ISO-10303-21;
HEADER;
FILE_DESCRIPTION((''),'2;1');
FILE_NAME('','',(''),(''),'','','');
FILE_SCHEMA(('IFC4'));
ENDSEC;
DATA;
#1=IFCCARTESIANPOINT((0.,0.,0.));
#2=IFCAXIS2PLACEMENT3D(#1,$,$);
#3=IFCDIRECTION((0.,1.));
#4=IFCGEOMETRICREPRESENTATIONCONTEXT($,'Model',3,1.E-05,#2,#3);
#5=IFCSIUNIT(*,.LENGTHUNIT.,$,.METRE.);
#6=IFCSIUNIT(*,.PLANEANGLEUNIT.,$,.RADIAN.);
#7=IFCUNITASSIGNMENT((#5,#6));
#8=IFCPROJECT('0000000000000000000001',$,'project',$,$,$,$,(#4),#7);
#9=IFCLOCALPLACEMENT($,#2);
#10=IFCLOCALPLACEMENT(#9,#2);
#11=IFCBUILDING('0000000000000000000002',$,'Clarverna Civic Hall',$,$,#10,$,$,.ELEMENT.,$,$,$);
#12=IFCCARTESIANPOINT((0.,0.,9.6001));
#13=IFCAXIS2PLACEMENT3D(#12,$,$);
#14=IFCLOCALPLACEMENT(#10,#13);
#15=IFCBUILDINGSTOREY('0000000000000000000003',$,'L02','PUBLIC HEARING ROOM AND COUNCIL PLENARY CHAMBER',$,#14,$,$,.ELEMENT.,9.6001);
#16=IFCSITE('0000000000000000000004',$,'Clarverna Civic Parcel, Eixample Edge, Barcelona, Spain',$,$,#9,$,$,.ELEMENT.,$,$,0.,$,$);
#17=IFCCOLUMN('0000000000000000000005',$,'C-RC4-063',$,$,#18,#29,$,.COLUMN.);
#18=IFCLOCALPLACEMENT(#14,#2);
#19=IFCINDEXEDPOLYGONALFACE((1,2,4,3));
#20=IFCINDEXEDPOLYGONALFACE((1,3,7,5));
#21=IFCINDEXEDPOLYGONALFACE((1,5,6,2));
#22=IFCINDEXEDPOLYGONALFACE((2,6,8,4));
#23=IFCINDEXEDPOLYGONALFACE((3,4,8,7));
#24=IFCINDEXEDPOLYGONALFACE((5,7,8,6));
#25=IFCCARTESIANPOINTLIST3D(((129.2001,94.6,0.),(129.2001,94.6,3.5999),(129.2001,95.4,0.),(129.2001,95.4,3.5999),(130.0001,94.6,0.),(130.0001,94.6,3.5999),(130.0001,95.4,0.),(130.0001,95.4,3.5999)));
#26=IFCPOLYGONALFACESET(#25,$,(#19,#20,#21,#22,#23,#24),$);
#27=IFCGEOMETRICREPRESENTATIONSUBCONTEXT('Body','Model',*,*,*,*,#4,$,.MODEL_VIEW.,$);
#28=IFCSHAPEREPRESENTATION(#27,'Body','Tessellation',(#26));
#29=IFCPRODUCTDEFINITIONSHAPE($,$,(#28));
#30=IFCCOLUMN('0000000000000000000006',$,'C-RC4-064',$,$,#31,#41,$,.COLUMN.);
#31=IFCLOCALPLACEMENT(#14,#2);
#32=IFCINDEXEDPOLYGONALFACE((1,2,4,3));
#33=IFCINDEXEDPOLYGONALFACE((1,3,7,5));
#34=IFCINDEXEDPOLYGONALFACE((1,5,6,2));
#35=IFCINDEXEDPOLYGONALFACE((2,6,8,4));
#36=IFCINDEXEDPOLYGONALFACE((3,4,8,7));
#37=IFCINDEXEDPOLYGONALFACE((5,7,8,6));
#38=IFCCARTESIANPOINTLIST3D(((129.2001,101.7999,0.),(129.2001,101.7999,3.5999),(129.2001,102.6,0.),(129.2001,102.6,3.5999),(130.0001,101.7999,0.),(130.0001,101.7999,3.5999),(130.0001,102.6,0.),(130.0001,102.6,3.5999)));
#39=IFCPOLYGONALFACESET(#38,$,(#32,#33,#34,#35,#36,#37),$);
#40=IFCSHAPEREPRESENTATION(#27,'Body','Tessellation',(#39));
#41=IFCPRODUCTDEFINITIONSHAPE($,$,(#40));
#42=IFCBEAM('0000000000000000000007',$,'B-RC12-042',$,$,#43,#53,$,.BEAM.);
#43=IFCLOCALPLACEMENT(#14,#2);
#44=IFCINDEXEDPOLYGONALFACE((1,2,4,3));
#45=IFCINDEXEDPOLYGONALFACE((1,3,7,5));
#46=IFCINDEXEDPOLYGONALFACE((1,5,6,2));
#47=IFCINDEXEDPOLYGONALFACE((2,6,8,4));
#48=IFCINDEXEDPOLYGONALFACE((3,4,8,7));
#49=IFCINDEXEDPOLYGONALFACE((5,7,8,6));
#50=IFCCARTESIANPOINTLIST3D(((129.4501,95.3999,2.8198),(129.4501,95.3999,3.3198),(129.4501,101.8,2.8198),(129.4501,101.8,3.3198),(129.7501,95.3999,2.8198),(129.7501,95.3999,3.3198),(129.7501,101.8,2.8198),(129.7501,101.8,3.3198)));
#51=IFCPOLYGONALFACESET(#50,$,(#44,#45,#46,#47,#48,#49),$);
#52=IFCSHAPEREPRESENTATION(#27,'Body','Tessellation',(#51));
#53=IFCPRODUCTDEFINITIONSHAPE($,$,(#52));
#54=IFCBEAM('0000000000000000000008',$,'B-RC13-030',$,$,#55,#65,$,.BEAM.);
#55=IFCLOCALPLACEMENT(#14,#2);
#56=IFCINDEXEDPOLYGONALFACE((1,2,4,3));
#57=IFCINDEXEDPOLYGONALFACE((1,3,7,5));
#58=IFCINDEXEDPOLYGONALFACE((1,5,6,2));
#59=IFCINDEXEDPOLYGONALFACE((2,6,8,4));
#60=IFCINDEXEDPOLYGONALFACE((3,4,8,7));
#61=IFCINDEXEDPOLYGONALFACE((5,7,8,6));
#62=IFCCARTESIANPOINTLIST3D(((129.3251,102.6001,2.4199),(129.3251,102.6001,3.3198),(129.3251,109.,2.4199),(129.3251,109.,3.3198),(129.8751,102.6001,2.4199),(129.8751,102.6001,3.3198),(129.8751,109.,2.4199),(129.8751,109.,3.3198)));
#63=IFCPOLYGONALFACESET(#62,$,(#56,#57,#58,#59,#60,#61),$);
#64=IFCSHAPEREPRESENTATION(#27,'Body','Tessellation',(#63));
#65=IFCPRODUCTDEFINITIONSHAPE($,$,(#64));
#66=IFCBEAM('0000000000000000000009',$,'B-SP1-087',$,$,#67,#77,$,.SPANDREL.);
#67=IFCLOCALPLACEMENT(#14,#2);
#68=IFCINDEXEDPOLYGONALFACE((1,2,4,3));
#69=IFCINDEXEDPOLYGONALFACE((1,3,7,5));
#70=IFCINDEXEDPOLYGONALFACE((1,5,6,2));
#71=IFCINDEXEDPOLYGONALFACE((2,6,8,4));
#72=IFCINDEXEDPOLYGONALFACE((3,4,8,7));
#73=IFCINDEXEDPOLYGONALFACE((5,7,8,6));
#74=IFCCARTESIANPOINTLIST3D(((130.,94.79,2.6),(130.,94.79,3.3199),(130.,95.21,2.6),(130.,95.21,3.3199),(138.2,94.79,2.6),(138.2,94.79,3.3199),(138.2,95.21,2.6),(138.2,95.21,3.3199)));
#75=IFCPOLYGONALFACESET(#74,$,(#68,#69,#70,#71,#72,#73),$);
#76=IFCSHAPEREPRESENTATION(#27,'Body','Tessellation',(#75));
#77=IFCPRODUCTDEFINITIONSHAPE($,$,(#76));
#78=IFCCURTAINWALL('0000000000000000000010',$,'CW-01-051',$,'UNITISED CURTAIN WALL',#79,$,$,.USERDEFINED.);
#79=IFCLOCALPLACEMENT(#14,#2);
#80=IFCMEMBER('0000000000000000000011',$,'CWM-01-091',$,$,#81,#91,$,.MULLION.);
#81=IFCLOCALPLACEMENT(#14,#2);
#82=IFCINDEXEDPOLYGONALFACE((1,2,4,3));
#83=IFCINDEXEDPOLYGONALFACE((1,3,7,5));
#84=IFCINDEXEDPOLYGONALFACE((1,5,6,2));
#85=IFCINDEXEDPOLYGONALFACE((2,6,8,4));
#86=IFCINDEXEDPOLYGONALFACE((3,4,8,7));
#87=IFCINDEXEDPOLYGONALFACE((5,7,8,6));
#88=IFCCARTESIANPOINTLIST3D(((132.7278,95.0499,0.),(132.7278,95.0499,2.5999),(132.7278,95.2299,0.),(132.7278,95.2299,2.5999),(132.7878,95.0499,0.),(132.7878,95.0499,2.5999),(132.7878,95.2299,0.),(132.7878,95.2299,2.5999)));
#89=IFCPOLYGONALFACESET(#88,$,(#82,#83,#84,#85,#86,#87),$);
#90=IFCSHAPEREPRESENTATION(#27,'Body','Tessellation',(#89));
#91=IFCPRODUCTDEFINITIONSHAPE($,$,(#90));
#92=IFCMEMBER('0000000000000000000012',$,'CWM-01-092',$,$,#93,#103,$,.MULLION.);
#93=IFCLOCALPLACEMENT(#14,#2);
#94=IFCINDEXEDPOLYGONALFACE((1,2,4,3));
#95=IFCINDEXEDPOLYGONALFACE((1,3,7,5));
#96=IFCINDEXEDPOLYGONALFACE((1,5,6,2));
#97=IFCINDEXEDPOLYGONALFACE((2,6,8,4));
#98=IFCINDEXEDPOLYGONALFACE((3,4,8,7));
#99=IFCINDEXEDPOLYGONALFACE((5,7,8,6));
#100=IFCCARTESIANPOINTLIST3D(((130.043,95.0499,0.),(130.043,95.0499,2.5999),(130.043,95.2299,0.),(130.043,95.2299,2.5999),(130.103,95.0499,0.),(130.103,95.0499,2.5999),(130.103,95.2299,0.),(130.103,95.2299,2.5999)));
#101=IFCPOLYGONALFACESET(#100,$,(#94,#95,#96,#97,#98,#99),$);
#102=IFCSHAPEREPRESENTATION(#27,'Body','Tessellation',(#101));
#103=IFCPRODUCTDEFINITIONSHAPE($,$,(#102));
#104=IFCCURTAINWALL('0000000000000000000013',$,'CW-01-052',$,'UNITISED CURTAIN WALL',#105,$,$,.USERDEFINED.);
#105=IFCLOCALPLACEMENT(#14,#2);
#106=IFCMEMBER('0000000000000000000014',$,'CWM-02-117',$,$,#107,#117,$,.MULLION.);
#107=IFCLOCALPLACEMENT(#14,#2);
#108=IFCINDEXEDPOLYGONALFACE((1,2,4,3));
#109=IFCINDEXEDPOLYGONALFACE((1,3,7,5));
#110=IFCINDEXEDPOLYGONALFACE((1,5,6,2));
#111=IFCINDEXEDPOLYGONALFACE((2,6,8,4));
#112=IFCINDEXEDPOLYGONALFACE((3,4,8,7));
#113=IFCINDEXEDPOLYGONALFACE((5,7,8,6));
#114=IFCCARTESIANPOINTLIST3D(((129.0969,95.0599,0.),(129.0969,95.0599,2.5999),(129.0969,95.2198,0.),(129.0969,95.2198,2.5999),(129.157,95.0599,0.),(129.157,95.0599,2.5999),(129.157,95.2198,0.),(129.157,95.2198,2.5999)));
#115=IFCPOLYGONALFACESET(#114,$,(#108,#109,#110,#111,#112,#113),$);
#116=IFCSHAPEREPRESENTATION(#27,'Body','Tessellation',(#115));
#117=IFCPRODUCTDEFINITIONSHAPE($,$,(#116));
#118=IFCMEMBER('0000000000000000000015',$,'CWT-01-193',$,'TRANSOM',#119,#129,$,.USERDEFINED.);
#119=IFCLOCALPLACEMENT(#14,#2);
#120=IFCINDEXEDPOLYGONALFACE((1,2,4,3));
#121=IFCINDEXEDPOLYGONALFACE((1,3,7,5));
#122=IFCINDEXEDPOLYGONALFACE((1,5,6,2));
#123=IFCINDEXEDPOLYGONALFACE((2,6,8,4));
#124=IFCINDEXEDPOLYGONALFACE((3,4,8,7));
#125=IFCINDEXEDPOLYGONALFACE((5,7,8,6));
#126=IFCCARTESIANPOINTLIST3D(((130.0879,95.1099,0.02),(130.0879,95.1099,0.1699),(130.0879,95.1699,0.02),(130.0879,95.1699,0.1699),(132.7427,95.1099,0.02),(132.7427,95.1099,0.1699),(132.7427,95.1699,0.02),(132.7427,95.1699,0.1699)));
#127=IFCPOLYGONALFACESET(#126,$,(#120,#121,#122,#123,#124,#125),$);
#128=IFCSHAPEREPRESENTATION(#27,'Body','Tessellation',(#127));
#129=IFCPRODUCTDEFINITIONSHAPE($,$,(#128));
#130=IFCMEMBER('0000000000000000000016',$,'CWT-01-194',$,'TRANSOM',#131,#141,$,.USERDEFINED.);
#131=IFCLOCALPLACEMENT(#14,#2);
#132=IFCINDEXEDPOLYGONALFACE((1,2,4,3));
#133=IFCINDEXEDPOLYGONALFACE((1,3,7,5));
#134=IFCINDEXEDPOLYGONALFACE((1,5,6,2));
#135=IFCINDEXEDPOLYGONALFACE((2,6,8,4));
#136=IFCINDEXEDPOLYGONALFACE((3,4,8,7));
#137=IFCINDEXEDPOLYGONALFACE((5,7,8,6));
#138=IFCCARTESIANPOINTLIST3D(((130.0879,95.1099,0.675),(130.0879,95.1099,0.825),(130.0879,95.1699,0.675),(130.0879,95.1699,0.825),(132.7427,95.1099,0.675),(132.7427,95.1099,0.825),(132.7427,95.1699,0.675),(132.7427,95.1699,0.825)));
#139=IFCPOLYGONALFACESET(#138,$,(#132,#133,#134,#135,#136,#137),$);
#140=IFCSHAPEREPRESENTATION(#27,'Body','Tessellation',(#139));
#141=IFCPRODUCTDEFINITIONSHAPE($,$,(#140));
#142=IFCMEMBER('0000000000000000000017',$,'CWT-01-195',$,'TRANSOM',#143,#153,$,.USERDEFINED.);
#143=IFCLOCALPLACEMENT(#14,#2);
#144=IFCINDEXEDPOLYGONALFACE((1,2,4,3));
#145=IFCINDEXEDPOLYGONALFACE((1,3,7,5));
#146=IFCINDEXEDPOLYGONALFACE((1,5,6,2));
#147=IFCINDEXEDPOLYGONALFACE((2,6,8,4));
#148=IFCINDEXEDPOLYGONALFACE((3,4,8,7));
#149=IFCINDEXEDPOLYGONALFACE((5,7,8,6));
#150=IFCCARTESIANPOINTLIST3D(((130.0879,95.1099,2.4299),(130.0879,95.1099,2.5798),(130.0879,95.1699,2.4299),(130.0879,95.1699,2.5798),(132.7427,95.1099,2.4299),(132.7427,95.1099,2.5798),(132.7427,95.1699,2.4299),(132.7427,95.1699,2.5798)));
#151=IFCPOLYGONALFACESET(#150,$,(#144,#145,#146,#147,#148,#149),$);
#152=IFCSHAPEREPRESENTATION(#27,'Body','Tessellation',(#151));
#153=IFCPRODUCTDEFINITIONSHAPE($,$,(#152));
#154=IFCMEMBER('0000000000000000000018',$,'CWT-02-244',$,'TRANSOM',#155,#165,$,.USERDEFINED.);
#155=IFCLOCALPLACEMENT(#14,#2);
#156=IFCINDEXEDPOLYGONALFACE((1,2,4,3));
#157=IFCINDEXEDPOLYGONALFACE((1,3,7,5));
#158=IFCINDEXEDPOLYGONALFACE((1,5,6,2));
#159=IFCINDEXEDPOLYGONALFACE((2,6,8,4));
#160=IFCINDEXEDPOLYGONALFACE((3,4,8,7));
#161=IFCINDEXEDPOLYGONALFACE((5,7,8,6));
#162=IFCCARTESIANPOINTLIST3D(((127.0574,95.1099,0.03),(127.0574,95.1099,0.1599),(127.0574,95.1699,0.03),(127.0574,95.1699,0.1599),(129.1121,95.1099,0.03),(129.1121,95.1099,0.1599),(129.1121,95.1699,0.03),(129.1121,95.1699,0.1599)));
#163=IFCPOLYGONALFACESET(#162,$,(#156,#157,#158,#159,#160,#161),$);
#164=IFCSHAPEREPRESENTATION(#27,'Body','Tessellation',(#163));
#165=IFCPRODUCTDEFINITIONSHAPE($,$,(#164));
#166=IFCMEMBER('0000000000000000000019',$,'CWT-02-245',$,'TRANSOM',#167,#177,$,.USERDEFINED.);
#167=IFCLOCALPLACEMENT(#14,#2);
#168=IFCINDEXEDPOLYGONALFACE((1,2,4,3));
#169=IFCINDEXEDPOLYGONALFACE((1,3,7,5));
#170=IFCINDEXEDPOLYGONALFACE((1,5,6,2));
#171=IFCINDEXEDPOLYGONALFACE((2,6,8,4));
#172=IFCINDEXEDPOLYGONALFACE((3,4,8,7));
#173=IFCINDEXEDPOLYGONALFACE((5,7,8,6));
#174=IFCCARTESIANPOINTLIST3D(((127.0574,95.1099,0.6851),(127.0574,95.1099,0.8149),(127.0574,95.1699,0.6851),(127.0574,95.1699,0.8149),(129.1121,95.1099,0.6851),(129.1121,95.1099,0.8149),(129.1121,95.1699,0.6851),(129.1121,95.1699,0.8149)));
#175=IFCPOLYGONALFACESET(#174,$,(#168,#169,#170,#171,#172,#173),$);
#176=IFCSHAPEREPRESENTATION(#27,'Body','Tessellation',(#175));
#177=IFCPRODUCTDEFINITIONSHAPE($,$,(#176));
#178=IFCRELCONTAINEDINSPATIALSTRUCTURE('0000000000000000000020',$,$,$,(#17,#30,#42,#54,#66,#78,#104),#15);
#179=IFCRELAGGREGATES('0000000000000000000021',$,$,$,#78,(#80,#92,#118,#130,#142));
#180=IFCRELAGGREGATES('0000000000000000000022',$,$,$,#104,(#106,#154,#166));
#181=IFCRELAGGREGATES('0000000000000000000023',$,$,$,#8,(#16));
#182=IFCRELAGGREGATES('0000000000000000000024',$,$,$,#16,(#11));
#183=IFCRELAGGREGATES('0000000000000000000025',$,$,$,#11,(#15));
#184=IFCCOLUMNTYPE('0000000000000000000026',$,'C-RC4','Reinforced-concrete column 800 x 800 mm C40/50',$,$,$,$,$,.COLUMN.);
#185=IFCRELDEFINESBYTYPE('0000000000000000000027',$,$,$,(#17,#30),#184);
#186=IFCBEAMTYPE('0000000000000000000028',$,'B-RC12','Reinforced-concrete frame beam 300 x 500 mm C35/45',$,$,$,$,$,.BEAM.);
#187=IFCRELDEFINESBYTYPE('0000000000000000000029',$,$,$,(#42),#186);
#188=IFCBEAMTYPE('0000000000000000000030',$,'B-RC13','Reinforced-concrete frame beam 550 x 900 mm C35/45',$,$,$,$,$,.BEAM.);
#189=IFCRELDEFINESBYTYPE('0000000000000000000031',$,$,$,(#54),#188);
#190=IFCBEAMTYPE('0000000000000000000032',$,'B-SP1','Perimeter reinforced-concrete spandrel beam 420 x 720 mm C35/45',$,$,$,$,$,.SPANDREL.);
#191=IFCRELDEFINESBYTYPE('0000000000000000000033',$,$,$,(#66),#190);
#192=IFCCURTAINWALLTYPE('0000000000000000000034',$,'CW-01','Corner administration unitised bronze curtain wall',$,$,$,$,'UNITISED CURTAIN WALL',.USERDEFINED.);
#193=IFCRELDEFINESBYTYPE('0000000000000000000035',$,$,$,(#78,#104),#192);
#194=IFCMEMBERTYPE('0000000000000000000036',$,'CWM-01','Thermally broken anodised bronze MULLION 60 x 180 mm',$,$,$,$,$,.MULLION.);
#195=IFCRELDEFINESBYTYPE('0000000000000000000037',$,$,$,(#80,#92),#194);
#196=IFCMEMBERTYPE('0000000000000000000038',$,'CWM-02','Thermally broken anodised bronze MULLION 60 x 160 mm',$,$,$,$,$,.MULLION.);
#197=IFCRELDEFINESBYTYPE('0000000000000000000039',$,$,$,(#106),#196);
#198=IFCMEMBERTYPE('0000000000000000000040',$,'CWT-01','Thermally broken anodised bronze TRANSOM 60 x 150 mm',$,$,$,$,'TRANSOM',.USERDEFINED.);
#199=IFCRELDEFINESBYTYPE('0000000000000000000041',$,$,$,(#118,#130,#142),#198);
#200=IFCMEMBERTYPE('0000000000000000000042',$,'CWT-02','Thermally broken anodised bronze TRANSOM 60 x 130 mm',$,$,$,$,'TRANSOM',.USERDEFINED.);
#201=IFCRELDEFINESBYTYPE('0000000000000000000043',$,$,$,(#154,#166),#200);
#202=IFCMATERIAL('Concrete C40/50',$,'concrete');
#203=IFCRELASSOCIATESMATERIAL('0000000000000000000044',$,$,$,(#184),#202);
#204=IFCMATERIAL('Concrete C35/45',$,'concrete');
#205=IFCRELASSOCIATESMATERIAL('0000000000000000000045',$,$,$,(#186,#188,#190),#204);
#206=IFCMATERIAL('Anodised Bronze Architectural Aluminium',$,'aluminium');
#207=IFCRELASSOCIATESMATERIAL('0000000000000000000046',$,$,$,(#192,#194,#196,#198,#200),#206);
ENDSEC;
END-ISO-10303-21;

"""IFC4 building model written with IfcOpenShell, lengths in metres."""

from ifc_helpers import new_model, si_unit, direction, frame, origin, origin_2d, place, context, subcontext, project, spatial, rectangle, extrude, material, material_profile, profile_set, type_object, element, aggregate, save


model = new_model("IFC4")

# Units and contexts
model_context = context("Model", 3, precision=1e-05, world=origin(), true_north=direction((0.0, 1.0)))
body_context = subcontext(model_context, "Body", "Model", "MODEL_VIEW")
ifc_project = project(units=[si_unit("LENGTHUNIT", "METRE"), si_unit("PLANEANGLEUNIT", "RADIAN")], contexts=[model_context])

# Site, building, storey
site_placement = place(None, origin())
site = spatial("IfcSite", under=ifc_project, at=site_placement, Name="Clarverna Civic Parcel, Eixample Edge, Barcelona, Spain", CompositionType="ELEMENT", RefElevation=0.0)
building_placement = place(site_placement, origin())
building = spatial("IfcBuilding", under=site, at=building_placement, Name="Clarverna Civic Hall", CompositionType="ELEMENT")
storey_placement = place(building_placement, frame((0.0, 0.0, 9.6001)))
storey = spatial("IfcBuildingStorey", under=building, at=storey_placement, Name="L02", Description="PUBLIC HEARING ROOM AND COUNCIL PLENARY CHAMBER", CompositionType="ELEMENT", Elevation=9.6001)

# Columns
ifc_material_1 = material(Name="Concrete C40/50", Category="concrete")
ifc_material_profile_1 = material_profile(ifc_material_1, rectangle(XDim=0.8, YDim=0.8, at=origin_2d()), Name="RC 800x800")
ifc_profile_set_1 = profile_set([ifc_material_profile_1], Name="Concrete C40/50")
column_type = type_object("IfcColumnType", Name="C-RC4", Description="Reinforced-concrete column 800 x 800 mm C40/50", PredefinedType="COLUMN", material=ifc_profile_set_1)
for number, where, z_axis, x_axis, name in (
    (1, (129.6001, 95.0, 0.0), (0.0, 0.0, 1.0), (1.0, 0.0, 0.0), "C-RC4-063"),
    (2, (129.6001, 102.2, 0.0), (0.0, 0.0, 1.0), (1.0, 0.0, 0.0), "C-RC4-064"),
):
    element("IfcColumn", number, at=place(storey_placement, frame(where, z_axis=z_axis, x_axis=x_axis)), inside=storey, type_object=column_type, Name=name, PredefinedType="COLUMN", context=body_context, shape_type="SweptSolid", body=[
        extrude(rectangle(XDim=0.8, YDim=0.8, at=origin_2d()), origin(), (0.0, 0.0, 1.0), 3.5999),
    ])

# Beams
ifc_material_2 = material(Name="Concrete C35/45", Category="concrete")
ifc_material_profile_2 = material_profile(ifc_material_2, rectangle(XDim=0.3, YDim=0.5, at=origin_2d()), Name="RC 300x500")
ifc_profile_set_2 = profile_set([ifc_material_profile_2], Name="Concrete C35/45")
beam_type_1 = type_object("IfcBeamType", Name="B-RC12", Description="Reinforced-concrete frame beam 300 x 500 mm C35/45", PredefinedType="BEAM", material=ifc_profile_set_2)
beam_1_placement = place(storey_placement, frame((129.6001, 95.3999, 3.0698), z_axis=(0.0, 1.0, 0.0), x_axis=(-1.0, 0.0, 0.0)))
element("IfcBeam", 3, at=beam_1_placement, inside=storey, type_object=beam_type_1, Name="B-RC12-042", PredefinedType="BEAM", context=body_context, shape_type="SweptSolid", body=[
    extrude(rectangle(XDim=0.3, YDim=0.5, at=origin_2d()), origin(), (0.0, 0.0, 1.0), 6.4001),
])
ifc_material_profile_3 = material_profile(ifc_material_2, rectangle(XDim=0.55, YDim=0.8999, at=origin_2d()), Name="RC 550x900")
ifc_profile_set_3 = profile_set([ifc_material_profile_3], Name="Concrete C35/45")
beam_type_2 = type_object("IfcBeamType", Name="B-RC13", Description="Reinforced-concrete frame beam 550 x 900 mm C35/45", PredefinedType="BEAM", material=ifc_profile_set_3)
beam_2_placement = place(storey_placement, frame((129.6001, 102.6001, 2.8699), z_axis=(0.0, 1.0, 0.0), x_axis=(-1.0, 0.0, 0.0)))
element("IfcBeam", 4, at=beam_2_placement, inside=storey, type_object=beam_type_2, Name="B-RC13-030", PredefinedType="BEAM", context=body_context, shape_type="SweptSolid", body=[
    extrude(rectangle(XDim=0.55, YDim=0.8999, at=origin_2d()), origin(), (0.0, 0.0, 1.0), 6.3999),
])
ifc_material_profile_4 = material_profile(ifc_material_2, rectangle(XDim=0.4199, YDim=0.72, at=origin_2d()), Name="RC 420x720")
ifc_profile_set_4 = profile_set([ifc_material_profile_4], Name="Concrete C35/45")
beam_type_3 = type_object("IfcBeamType", Name="B-SP1", Description="Perimeter reinforced-concrete spandrel beam 420 x 720 mm C35/45", PredefinedType="SPANDREL", material=ifc_profile_set_4)
beam_3_placement = place(storey_placement, frame((130.0, 95.0, 2.96), z_axis=(1.0, 0.0, 0.0), x_axis=(0.0, 1.0, 0.0)))
element("IfcBeam", 5, at=beam_3_placement, inside=storey, type_object=beam_type_3, Name="B-SP1-087", PredefinedType="SPANDREL", context=body_context, shape_type="SweptSolid", body=[
    extrude(rectangle(XDim=0.4199, YDim=0.72, at=origin_2d()), origin(), (0.0, 0.0, 1.0), 8.2),
])

# Curtain wall, members
ifc_material_3 = material(Name="Anodised Bronze Architectural Aluminium", Category="aluminium")
curtain_wall_type = type_object("IfcCurtainWallType", Name="CW-01", Description="Corner administration unitised bronze curtain wall", ElementType="UNITISED CURTAIN WALL", PredefinedType="USERDEFINED", material=ifc_material_3)
curtain_wall_1_placement = place(storey_placement, origin())
curtain_wall_1 = element("IfcCurtainWall", 6, at=curtain_wall_1_placement, inside=storey, type_object=curtain_wall_type, Name="CW-01-051", ObjectType="UNITISED CURTAIN WALL", PredefinedType="USERDEFINED")
ifc_material_profile_5 = material_profile(ifc_material_3, rectangle(XDim=0.0601, YDim=0.1799, at=origin_2d()), Name="BRONZE 60x180")
ifc_profile_set_5 = profile_set([ifc_material_profile_5], Name="Anodised Bronze Architectural Aluminium")
member_type_1 = type_object("IfcMemberType", Name="CWM-01", Description="Thermally broken anodised bronze MULLION 60 x 180 mm", PredefinedType="MULLION", material=ifc_profile_set_5)
member_1_placement = place(storey_placement, frame((132.7578, 95.1399, 0.0), z_axis=(0.0, 0.0, 1.0), x_axis=(1.0, 0.0, 0.0)))
member_1 = element("IfcMember", 7, at=member_1_placement, type_object=member_type_1, Name="CWM-01-091", PredefinedType="MULLION", context=body_context, shape_type="SweptSolid", body=[
    extrude(rectangle(XDim=0.0601, YDim=0.1799, at=origin_2d()), origin(), (0.0, 0.0, 1.0), 2.5999),
])
member_2_placement = place(storey_placement, frame((130.073, 95.1399, 0.0), z_axis=(0.0, 0.0, 1.0), x_axis=(1.0, 0.0, 0.0)))
member_2 = element("IfcMember", 8, at=member_2_placement, type_object=member_type_1, Name="CWM-01-092", PredefinedType="MULLION", context=body_context, shape_type="SweptSolid", body=[
    extrude(rectangle(XDim=0.0601, YDim=0.1799, at=origin_2d()), origin(), (0.0, 0.0, 1.0), 2.5999),
])

# Curtain wall, member
curtain_wall_2_placement = place(storey_placement, origin())
curtain_wall_2 = element("IfcCurtainWall", 9, at=curtain_wall_2_placement, inside=storey, type_object=curtain_wall_type, Name="CW-01-052", ObjectType="UNITISED CURTAIN WALL", PredefinedType="USERDEFINED")
ifc_material_profile_6 = material_profile(ifc_material_3, rectangle(XDim=0.0601, YDim=0.1599, at=origin_2d()), Name="BRONZE 60x160")
ifc_profile_set_6 = profile_set([ifc_material_profile_6], Name="Anodised Bronze Architectural Aluminium")
member_type_2 = type_object("IfcMemberType", Name="CWM-02", Description="Thermally broken anodised bronze MULLION 60 x 160 mm", PredefinedType="MULLION", material=ifc_profile_set_6)
member_3_placement = place(storey_placement, frame((129.127, 95.1399, 0.0), z_axis=(0.0, 0.0, 1.0), x_axis=(1.0, 0.0, 0.0)))
member_3 = element("IfcMember", 10, at=member_3_placement, type_object=member_type_2, Name="CWM-02-117", PredefinedType="MULLION", context=body_context, shape_type="SweptSolid", body=[
    extrude(rectangle(XDim=0.0601, YDim=0.1599, at=origin_2d()), origin(), (0.0, 0.0, 1.0), 2.5999),
])

# Members
ifc_material_profile_7 = material_profile(ifc_material_3, rectangle(XDim=0.0601, YDim=0.1499, at=origin_2d()), Name="BRONZE 60x150")
ifc_profile_set_7 = profile_set([ifc_material_profile_7], Name="Anodised Bronze Architectural Aluminium")
member_type_3 = type_object("IfcMemberType", Name="CWT-01", Description="Thermally broken anodised bronze TRANSOM 60 x 150 mm", ElementType="TRANSOM", PredefinedType="USERDEFINED", material=ifc_profile_set_7)
member_4_placement = place(storey_placement, frame((132.7427, 95.1399, 0.095), z_axis=(-1.0, 0.0, 0.0), x_axis=(0.0, -1.0, 0.0)))
member_4 = element("IfcMember", 11, at=member_4_placement, type_object=member_type_3, Name="CWT-01-193", ObjectType="TRANSOM", PredefinedType="USERDEFINED", context=body_context, shape_type="SweptSolid", body=[
    extrude(rectangle(XDim=0.0601, YDim=0.1499, at=origin_2d()), origin(), (0.0, 0.0, 1.0), 2.6548),
])
member_5_placement = place(storey_placement, frame((132.7427, 95.1399, 0.75), z_axis=(-1.0, 0.0, 0.0), x_axis=(0.0, -1.0, 0.0)))
member_5 = element("IfcMember", 12, at=member_5_placement, type_object=member_type_3, Name="CWT-01-194", ObjectType="TRANSOM", PredefinedType="USERDEFINED", context=body_context, shape_type="SweptSolid", body=[
    extrude(rectangle(XDim=0.0601, YDim=0.1499, at=origin_2d()), origin(), (0.0, 0.0, 1.0), 2.6548),
])
member_6_placement = place(storey_placement, frame((132.7427, 95.1399, 2.5049), z_axis=(-1.0, 0.0, 0.0), x_axis=(0.0, -1.0, 0.0)))
member_6 = element("IfcMember", 13, at=member_6_placement, type_object=member_type_3, Name="CWT-01-195", ObjectType="TRANSOM", PredefinedType="USERDEFINED", context=body_context, shape_type="SweptSolid", body=[
    extrude(rectangle(XDim=0.0601, YDim=0.1499, at=origin_2d()), origin(), (0.0, 0.0, 1.0), 2.6548),
])
ifc_material_profile_8 = material_profile(ifc_material_3, rectangle(XDim=0.0601, YDim=0.1299, at=origin_2d()), Name="BRONZE 60x130")
ifc_profile_set_8 = profile_set([ifc_material_profile_8], Name="Anodised Bronze Architectural Aluminium")
member_type_4 = type_object("IfcMemberType", Name="CWT-02", Description="Thermally broken anodised bronze TRANSOM 60 x 130 mm", ElementType="TRANSOM", PredefinedType="USERDEFINED", material=ifc_profile_set_8)
member_7_placement = place(storey_placement, frame((129.1121, 95.1399, 0.095), z_axis=(-1.0, 0.0, 0.0), x_axis=(0.0, -1.0, 0.0)))
member_7 = element("IfcMember", 14, at=member_7_placement, type_object=member_type_4, Name="CWT-02-244", ObjectType="TRANSOM", PredefinedType="USERDEFINED", context=body_context, shape_type="SweptSolid", body=[
    extrude(rectangle(XDim=0.0601, YDim=0.1299, at=origin_2d()), origin(), (0.0, 0.0, 1.0), 2.0547),
])
member_8_placement = place(storey_placement, frame((129.1121, 95.1399, 0.75), z_axis=(-1.0, 0.0, 0.0), x_axis=(0.0, -1.0, 0.0)))
member_8 = element("IfcMember", 15, at=member_8_placement, type_object=member_type_4, Name="CWT-02-245", ObjectType="TRANSOM", PredefinedType="USERDEFINED", context=body_context, shape_type="SweptSolid", body=[
    extrude(rectangle(XDim=0.0601, YDim=0.1299, at=origin_2d()), origin(), (0.0, 0.0, 1.0), 2.0547),
])

aggregate(curtain_wall_1, [member_1, member_2, member_4, member_5, member_6])
aggregate(curtain_wall_2, [member_3, member_7, member_8])

save(model, "model.ifc")
